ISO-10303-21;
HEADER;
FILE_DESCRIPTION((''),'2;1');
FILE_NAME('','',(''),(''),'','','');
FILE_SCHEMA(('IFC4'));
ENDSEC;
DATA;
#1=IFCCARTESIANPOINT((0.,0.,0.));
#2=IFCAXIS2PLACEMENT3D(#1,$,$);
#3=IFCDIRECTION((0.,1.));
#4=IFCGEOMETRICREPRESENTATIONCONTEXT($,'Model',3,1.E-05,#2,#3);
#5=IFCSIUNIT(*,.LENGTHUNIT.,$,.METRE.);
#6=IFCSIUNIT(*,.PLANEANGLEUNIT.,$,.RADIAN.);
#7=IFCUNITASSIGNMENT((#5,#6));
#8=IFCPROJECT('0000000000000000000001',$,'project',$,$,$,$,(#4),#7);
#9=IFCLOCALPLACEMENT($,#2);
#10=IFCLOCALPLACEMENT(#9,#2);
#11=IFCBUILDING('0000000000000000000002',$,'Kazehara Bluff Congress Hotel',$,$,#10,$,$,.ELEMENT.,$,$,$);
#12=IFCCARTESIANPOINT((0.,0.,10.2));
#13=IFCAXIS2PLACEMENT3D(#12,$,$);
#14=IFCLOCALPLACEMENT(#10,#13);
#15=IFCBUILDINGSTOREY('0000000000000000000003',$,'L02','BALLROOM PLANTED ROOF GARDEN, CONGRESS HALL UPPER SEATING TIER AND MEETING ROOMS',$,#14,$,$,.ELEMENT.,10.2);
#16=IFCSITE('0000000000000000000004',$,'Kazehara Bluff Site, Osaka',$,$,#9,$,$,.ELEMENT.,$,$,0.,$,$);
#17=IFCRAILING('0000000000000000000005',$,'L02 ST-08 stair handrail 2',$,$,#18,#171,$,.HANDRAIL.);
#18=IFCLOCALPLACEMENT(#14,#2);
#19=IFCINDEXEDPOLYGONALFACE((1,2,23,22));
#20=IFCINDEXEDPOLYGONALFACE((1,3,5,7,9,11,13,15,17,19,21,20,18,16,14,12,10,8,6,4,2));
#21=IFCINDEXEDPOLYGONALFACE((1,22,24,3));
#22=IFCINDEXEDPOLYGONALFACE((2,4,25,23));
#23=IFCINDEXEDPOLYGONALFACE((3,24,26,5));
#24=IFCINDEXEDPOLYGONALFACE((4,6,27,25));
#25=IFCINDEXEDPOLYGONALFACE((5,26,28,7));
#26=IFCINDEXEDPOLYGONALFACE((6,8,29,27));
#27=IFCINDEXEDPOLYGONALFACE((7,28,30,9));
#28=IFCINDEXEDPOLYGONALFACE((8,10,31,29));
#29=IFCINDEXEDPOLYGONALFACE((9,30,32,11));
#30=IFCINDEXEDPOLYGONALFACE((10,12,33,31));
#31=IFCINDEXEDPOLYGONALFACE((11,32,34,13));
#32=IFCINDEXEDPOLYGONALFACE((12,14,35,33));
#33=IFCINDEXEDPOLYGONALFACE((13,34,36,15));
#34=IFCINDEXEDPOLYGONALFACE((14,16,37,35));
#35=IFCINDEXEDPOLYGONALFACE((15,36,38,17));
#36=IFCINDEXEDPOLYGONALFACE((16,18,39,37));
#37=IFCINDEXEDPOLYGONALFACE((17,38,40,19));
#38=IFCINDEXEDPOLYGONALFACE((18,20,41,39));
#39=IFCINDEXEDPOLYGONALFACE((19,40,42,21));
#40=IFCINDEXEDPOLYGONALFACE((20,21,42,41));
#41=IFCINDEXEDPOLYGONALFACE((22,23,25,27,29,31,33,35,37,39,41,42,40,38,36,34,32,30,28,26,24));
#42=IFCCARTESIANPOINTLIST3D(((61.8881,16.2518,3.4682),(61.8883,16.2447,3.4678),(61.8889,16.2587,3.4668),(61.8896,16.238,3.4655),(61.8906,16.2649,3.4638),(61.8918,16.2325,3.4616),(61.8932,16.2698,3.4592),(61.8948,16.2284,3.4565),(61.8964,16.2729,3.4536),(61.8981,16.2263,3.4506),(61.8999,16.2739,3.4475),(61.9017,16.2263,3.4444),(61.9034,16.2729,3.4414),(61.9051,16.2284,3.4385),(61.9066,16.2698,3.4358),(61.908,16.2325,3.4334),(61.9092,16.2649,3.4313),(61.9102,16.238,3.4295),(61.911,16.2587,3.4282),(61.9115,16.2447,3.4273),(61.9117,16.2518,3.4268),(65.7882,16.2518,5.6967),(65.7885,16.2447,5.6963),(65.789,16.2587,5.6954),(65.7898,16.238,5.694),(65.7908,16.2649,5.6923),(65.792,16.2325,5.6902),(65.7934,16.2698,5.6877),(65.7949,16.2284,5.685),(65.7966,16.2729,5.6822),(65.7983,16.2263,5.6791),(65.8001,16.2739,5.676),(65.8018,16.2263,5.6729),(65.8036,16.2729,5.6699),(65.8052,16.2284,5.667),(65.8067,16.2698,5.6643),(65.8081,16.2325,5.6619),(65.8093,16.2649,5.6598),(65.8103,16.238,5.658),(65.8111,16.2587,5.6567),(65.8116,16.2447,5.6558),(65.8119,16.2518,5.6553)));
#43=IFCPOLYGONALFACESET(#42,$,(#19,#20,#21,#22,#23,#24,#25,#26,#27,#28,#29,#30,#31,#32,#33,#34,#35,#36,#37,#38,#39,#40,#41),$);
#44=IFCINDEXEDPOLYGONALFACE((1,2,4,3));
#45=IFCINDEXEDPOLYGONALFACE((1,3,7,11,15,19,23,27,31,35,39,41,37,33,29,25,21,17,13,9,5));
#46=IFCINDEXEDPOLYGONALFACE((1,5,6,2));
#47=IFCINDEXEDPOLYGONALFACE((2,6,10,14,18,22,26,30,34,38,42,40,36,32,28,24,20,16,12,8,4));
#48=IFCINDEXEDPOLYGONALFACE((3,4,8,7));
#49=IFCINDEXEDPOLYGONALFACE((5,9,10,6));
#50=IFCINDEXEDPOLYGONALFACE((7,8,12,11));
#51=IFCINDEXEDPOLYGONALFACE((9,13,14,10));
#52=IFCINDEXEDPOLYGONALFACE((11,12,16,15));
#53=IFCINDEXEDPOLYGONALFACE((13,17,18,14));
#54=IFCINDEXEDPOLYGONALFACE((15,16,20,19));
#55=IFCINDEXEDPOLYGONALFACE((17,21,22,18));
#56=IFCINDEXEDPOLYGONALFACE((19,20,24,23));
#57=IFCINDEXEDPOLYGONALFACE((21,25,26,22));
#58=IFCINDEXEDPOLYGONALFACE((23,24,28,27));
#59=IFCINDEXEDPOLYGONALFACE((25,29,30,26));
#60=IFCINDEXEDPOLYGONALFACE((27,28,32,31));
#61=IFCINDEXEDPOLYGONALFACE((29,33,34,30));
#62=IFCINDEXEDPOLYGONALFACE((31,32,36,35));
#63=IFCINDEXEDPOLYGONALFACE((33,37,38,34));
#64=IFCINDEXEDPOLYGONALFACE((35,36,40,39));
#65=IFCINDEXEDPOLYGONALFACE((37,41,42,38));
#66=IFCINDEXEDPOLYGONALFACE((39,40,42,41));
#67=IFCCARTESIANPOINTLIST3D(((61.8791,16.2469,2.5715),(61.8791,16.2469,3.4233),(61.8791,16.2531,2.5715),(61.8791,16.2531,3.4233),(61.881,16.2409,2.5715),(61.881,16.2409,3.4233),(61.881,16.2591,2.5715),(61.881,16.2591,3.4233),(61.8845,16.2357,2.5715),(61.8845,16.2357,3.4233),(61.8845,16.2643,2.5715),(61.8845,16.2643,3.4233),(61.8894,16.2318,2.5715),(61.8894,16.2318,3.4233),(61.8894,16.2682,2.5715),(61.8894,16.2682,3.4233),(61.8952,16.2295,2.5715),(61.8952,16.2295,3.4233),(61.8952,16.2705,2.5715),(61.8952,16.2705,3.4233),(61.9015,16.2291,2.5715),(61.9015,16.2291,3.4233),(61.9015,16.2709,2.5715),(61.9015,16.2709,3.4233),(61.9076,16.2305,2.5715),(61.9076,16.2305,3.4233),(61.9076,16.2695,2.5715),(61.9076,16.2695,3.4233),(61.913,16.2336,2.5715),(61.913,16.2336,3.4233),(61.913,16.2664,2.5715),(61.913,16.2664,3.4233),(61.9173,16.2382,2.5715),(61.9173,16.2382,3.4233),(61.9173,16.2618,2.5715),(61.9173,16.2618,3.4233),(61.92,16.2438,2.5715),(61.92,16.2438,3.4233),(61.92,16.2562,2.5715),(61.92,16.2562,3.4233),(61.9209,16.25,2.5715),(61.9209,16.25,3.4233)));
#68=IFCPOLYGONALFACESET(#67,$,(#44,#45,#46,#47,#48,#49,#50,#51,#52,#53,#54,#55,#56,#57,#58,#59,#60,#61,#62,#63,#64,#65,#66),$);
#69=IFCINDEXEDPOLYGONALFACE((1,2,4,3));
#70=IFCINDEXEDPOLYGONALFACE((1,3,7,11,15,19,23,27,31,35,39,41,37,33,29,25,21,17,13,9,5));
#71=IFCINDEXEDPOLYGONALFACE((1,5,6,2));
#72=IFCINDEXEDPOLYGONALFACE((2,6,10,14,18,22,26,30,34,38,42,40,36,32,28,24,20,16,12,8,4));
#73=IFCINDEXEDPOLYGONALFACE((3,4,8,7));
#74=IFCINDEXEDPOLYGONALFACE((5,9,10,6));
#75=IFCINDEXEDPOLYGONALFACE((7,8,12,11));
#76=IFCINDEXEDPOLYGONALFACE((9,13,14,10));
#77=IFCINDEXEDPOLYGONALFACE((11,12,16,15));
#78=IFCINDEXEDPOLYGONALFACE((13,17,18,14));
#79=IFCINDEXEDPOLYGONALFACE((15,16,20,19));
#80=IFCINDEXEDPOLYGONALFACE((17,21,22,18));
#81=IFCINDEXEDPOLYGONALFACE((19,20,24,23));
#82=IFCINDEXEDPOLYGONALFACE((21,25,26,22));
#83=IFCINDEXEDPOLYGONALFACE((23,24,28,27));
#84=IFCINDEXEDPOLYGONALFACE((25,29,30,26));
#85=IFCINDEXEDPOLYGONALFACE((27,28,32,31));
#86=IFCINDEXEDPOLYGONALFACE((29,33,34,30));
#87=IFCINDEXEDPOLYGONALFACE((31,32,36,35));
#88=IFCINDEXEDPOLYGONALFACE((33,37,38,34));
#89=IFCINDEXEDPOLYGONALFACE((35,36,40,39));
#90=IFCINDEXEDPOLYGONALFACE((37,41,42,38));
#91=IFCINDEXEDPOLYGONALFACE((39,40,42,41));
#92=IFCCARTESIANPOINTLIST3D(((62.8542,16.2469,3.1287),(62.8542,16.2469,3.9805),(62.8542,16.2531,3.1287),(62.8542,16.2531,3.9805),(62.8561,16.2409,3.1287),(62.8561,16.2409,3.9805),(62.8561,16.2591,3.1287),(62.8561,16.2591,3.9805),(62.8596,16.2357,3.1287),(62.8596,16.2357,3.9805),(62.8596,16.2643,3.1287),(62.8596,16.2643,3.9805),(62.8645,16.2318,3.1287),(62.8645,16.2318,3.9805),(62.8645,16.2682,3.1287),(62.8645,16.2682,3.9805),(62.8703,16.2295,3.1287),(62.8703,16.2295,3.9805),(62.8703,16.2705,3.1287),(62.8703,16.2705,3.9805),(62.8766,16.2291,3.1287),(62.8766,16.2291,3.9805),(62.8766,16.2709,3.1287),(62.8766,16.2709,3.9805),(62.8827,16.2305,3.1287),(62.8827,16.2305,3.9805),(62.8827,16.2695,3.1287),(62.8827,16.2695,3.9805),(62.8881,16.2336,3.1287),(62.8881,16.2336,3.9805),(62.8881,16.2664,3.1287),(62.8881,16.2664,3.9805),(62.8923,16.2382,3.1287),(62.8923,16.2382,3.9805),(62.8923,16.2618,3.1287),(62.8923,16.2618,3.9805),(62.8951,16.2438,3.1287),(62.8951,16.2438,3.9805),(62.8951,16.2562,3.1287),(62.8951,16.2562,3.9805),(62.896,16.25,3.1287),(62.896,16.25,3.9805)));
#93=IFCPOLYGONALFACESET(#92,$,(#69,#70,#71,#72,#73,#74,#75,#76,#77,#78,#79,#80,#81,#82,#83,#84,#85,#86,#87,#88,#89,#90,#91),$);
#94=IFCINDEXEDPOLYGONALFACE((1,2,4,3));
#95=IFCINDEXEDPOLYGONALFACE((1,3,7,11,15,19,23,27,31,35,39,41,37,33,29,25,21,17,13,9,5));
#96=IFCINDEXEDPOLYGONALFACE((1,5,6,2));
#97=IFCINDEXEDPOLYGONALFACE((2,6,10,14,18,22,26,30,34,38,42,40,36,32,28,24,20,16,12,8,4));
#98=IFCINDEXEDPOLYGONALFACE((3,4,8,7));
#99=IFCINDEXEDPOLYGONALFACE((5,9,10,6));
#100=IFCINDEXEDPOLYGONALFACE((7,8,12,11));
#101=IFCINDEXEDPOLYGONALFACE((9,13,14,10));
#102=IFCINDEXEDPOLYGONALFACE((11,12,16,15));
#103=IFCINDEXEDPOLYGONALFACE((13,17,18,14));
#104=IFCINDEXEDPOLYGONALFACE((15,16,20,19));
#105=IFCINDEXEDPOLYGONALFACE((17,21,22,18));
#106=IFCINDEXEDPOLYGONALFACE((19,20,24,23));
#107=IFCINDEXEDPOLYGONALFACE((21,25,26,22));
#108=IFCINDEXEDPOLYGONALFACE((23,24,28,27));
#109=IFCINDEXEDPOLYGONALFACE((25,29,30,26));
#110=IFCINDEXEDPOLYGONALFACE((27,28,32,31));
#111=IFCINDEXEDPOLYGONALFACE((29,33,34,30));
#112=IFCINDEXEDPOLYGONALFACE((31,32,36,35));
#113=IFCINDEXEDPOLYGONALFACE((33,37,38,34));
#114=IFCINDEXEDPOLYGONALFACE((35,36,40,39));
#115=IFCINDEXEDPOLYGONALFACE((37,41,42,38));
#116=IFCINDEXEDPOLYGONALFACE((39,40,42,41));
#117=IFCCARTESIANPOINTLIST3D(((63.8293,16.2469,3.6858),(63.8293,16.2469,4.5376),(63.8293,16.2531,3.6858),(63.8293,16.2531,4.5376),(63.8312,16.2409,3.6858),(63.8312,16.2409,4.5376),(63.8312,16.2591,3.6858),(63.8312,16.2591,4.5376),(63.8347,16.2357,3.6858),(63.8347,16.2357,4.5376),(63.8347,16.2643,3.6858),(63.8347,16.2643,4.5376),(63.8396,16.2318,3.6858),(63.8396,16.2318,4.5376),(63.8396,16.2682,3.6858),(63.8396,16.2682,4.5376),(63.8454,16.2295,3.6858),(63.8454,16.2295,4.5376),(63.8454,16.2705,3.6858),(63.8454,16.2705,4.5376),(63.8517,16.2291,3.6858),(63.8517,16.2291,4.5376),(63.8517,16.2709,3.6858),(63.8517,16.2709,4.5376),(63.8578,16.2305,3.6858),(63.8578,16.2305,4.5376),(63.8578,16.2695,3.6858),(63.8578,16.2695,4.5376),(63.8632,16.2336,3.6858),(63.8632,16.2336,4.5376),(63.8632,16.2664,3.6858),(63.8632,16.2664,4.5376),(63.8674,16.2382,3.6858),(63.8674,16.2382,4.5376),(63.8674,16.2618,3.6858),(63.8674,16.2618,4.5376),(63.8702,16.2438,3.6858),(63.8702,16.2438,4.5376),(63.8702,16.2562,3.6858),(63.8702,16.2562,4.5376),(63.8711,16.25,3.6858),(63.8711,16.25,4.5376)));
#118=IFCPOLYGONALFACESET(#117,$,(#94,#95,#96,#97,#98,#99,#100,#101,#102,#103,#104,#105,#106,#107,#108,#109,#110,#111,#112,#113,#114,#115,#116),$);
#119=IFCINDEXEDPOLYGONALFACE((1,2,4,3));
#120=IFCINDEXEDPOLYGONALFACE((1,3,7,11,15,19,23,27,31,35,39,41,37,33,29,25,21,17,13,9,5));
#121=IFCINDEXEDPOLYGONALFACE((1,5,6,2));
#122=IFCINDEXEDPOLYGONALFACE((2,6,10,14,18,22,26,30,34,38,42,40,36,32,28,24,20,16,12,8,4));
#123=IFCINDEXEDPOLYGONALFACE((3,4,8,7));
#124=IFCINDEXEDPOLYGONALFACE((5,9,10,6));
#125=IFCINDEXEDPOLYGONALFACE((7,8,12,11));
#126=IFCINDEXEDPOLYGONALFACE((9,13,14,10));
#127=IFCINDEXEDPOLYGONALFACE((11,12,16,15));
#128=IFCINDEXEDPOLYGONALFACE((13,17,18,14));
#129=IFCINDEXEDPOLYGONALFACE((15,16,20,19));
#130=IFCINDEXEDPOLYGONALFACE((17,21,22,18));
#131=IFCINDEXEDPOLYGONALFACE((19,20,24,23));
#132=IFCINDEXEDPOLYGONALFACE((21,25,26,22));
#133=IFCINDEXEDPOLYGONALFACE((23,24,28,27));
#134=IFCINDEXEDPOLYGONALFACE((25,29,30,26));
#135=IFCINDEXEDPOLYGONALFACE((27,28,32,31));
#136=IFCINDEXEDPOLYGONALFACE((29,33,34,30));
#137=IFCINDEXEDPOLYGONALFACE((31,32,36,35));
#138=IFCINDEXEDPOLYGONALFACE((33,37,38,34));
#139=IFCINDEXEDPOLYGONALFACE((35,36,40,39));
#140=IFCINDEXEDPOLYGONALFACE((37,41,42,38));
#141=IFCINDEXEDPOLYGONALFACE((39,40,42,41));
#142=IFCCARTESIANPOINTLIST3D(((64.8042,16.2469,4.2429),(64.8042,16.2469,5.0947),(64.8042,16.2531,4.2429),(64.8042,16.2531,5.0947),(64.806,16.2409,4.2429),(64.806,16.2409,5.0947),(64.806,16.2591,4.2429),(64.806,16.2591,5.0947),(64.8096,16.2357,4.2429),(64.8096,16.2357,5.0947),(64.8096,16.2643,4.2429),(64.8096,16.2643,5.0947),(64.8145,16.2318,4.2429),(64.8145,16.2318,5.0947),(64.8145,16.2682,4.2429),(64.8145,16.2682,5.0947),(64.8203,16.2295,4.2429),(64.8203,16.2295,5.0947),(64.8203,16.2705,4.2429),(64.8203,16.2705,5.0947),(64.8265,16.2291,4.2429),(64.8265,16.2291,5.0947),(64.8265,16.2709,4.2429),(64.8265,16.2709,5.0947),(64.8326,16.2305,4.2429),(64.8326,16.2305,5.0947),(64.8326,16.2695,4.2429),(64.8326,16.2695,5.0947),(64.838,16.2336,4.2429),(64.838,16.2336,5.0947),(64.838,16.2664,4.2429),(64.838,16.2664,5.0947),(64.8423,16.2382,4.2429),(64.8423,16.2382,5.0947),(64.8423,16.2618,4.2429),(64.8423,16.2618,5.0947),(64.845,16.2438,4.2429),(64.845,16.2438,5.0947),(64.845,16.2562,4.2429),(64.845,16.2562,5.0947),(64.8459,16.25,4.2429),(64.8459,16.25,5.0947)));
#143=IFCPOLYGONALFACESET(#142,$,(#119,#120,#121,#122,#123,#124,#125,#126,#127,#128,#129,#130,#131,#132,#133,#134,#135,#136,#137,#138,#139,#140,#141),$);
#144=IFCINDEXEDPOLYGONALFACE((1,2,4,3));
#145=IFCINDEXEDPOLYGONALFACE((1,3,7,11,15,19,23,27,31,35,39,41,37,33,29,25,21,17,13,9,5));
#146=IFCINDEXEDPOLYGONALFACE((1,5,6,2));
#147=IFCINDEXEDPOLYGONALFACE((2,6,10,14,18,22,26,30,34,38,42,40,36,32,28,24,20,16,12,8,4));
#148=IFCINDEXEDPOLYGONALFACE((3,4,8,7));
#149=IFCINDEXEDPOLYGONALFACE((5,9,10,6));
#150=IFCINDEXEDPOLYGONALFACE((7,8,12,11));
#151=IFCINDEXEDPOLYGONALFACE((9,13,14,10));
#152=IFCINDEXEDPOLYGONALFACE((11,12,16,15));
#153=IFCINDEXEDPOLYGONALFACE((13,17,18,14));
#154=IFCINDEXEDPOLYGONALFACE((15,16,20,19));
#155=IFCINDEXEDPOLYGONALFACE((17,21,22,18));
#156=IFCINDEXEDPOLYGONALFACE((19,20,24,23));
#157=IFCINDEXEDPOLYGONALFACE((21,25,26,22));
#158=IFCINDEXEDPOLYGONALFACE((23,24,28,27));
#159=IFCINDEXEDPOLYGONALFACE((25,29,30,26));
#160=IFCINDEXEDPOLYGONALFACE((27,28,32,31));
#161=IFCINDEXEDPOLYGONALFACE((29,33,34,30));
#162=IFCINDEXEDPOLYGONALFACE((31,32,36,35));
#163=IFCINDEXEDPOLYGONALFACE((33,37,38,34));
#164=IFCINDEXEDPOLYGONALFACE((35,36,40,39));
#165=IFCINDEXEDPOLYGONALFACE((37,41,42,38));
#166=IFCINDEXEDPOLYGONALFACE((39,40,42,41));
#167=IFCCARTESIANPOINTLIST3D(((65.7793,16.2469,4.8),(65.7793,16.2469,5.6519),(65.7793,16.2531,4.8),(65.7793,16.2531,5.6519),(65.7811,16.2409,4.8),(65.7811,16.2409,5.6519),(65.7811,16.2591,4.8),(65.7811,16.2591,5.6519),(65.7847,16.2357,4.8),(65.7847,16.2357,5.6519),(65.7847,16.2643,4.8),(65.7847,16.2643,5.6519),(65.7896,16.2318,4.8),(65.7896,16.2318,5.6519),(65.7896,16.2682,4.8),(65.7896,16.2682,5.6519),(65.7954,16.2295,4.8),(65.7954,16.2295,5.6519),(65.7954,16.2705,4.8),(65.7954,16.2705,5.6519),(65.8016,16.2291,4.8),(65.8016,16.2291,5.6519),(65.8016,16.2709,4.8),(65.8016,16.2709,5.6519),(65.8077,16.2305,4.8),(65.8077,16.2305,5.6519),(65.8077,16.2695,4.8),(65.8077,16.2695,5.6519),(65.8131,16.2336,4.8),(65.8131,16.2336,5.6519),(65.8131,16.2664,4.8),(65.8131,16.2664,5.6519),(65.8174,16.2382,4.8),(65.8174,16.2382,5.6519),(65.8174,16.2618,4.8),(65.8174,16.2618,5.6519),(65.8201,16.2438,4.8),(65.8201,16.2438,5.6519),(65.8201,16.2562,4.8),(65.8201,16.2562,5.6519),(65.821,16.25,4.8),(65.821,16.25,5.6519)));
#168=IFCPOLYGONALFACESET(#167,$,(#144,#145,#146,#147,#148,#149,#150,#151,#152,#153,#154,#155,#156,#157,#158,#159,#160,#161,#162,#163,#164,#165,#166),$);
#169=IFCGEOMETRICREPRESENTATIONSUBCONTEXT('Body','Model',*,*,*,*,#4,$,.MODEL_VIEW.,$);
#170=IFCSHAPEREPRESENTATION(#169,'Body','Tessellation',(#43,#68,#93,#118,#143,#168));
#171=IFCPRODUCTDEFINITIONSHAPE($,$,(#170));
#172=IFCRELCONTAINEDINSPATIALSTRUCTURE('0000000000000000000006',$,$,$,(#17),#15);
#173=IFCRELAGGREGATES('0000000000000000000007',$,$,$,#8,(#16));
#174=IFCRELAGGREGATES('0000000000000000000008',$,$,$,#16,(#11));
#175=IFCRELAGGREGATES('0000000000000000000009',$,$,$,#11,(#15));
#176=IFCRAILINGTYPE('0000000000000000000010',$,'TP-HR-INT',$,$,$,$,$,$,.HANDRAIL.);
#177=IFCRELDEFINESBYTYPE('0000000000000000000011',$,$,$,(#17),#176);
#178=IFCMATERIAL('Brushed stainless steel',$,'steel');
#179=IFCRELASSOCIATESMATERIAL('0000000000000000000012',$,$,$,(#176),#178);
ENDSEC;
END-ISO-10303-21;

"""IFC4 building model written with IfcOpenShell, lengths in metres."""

from ifc_helpers import new_model, si_unit, direction, frame, origin, origin_2d, place, context, subcontext, project, spatial, circle, extrude, material, type_object, element, save


model = new_model("IFC4")

# Units and contexts
model_context = context("Model", 3, precision=1e-05, world=origin(), true_north=direction((0.0, 1.0)))
body_context = subcontext(model_context, "Body", "Model", "MODEL_VIEW")
ifc_project = project(units=[si_unit("LENGTHUNIT", "METRE"), si_unit("PLANEANGLEUNIT", "RADIAN")], contexts=[model_context])

# Site, building, storey
site_placement = place(None, origin())
site = spatial("IfcSite", under=ifc_project, at=site_placement, Name="Kazehara Bluff Site, Osaka", CompositionType="ELEMENT", RefElevation=0.0)
building_placement = place(site_placement, origin())
building = spatial("IfcBuilding", under=site, at=building_placement, Name="Kazehara Bluff Congress Hotel", CompositionType="ELEMENT")
storey_placement = place(building_placement, frame((0.0, 0.0, 10.2)))
storey = spatial("IfcBuildingStorey", under=building, at=storey_placement, Name="L02", Description="BALLROOM PLANTED ROOF GARDEN, CONGRESS HALL UPPER SEATING TIER AND MEETING ROOMS", CompositionType="ELEMENT", Elevation=10.2)

# Railing
ifc_material_1 = material(Name="Brushed stainless steel", Category="steel")
railing_type = type_object("IfcRailingType", Name="TP-HR-INT", PredefinedType="HANDRAIL", material=ifc_material_1)
railing_placement = place(storey_placement, frame((61.8999, 16.25, 2.5715)))
element("IfcRailing", 1, at=railing_placement, inside=storey, type_object=railing_type, Name="L02 ST-08 stair handrail 2", PredefinedType="HANDRAIL", context=body_context, shape_type="SweptSolid", body=[
    extrude(circle(Radius=0.0239, at=origin_2d()), frame((0.0, 0.0, 0.876), z_axis=(0.868257, 0.0, 0.496116), x_axis=(0.0, 1.0, 0.0)), (0.0, 0.0, 1.0), 4.4919),
    extrude(circle(Radius=0.021, at=origin_2d()), origin(), (0.0, 0.0, 1.0), 0.8518),
    extrude(circle(Radius=0.021, at=origin_2d()), frame((0.9751, 0.0, 0.5571)), (0.0, 0.0, 1.0), 0.8518),
    extrude(circle(Radius=0.021, at=origin_2d()), frame((1.9502, 0.0, 1.1143)), (0.0, 0.0, 1.0), 0.8518),
    extrude(circle(Radius=0.021, at=origin_2d()), frame((2.925, 0.0, 1.6714)), (0.0, 0.0, 1.0), 0.8518),
    extrude(circle(Radius=0.021, at=origin_2d()), frame((3.9001, 0.0, 2.2285)), (0.0, 0.0, 1.0), 0.8518),
])

save(model, "model.ifc")
